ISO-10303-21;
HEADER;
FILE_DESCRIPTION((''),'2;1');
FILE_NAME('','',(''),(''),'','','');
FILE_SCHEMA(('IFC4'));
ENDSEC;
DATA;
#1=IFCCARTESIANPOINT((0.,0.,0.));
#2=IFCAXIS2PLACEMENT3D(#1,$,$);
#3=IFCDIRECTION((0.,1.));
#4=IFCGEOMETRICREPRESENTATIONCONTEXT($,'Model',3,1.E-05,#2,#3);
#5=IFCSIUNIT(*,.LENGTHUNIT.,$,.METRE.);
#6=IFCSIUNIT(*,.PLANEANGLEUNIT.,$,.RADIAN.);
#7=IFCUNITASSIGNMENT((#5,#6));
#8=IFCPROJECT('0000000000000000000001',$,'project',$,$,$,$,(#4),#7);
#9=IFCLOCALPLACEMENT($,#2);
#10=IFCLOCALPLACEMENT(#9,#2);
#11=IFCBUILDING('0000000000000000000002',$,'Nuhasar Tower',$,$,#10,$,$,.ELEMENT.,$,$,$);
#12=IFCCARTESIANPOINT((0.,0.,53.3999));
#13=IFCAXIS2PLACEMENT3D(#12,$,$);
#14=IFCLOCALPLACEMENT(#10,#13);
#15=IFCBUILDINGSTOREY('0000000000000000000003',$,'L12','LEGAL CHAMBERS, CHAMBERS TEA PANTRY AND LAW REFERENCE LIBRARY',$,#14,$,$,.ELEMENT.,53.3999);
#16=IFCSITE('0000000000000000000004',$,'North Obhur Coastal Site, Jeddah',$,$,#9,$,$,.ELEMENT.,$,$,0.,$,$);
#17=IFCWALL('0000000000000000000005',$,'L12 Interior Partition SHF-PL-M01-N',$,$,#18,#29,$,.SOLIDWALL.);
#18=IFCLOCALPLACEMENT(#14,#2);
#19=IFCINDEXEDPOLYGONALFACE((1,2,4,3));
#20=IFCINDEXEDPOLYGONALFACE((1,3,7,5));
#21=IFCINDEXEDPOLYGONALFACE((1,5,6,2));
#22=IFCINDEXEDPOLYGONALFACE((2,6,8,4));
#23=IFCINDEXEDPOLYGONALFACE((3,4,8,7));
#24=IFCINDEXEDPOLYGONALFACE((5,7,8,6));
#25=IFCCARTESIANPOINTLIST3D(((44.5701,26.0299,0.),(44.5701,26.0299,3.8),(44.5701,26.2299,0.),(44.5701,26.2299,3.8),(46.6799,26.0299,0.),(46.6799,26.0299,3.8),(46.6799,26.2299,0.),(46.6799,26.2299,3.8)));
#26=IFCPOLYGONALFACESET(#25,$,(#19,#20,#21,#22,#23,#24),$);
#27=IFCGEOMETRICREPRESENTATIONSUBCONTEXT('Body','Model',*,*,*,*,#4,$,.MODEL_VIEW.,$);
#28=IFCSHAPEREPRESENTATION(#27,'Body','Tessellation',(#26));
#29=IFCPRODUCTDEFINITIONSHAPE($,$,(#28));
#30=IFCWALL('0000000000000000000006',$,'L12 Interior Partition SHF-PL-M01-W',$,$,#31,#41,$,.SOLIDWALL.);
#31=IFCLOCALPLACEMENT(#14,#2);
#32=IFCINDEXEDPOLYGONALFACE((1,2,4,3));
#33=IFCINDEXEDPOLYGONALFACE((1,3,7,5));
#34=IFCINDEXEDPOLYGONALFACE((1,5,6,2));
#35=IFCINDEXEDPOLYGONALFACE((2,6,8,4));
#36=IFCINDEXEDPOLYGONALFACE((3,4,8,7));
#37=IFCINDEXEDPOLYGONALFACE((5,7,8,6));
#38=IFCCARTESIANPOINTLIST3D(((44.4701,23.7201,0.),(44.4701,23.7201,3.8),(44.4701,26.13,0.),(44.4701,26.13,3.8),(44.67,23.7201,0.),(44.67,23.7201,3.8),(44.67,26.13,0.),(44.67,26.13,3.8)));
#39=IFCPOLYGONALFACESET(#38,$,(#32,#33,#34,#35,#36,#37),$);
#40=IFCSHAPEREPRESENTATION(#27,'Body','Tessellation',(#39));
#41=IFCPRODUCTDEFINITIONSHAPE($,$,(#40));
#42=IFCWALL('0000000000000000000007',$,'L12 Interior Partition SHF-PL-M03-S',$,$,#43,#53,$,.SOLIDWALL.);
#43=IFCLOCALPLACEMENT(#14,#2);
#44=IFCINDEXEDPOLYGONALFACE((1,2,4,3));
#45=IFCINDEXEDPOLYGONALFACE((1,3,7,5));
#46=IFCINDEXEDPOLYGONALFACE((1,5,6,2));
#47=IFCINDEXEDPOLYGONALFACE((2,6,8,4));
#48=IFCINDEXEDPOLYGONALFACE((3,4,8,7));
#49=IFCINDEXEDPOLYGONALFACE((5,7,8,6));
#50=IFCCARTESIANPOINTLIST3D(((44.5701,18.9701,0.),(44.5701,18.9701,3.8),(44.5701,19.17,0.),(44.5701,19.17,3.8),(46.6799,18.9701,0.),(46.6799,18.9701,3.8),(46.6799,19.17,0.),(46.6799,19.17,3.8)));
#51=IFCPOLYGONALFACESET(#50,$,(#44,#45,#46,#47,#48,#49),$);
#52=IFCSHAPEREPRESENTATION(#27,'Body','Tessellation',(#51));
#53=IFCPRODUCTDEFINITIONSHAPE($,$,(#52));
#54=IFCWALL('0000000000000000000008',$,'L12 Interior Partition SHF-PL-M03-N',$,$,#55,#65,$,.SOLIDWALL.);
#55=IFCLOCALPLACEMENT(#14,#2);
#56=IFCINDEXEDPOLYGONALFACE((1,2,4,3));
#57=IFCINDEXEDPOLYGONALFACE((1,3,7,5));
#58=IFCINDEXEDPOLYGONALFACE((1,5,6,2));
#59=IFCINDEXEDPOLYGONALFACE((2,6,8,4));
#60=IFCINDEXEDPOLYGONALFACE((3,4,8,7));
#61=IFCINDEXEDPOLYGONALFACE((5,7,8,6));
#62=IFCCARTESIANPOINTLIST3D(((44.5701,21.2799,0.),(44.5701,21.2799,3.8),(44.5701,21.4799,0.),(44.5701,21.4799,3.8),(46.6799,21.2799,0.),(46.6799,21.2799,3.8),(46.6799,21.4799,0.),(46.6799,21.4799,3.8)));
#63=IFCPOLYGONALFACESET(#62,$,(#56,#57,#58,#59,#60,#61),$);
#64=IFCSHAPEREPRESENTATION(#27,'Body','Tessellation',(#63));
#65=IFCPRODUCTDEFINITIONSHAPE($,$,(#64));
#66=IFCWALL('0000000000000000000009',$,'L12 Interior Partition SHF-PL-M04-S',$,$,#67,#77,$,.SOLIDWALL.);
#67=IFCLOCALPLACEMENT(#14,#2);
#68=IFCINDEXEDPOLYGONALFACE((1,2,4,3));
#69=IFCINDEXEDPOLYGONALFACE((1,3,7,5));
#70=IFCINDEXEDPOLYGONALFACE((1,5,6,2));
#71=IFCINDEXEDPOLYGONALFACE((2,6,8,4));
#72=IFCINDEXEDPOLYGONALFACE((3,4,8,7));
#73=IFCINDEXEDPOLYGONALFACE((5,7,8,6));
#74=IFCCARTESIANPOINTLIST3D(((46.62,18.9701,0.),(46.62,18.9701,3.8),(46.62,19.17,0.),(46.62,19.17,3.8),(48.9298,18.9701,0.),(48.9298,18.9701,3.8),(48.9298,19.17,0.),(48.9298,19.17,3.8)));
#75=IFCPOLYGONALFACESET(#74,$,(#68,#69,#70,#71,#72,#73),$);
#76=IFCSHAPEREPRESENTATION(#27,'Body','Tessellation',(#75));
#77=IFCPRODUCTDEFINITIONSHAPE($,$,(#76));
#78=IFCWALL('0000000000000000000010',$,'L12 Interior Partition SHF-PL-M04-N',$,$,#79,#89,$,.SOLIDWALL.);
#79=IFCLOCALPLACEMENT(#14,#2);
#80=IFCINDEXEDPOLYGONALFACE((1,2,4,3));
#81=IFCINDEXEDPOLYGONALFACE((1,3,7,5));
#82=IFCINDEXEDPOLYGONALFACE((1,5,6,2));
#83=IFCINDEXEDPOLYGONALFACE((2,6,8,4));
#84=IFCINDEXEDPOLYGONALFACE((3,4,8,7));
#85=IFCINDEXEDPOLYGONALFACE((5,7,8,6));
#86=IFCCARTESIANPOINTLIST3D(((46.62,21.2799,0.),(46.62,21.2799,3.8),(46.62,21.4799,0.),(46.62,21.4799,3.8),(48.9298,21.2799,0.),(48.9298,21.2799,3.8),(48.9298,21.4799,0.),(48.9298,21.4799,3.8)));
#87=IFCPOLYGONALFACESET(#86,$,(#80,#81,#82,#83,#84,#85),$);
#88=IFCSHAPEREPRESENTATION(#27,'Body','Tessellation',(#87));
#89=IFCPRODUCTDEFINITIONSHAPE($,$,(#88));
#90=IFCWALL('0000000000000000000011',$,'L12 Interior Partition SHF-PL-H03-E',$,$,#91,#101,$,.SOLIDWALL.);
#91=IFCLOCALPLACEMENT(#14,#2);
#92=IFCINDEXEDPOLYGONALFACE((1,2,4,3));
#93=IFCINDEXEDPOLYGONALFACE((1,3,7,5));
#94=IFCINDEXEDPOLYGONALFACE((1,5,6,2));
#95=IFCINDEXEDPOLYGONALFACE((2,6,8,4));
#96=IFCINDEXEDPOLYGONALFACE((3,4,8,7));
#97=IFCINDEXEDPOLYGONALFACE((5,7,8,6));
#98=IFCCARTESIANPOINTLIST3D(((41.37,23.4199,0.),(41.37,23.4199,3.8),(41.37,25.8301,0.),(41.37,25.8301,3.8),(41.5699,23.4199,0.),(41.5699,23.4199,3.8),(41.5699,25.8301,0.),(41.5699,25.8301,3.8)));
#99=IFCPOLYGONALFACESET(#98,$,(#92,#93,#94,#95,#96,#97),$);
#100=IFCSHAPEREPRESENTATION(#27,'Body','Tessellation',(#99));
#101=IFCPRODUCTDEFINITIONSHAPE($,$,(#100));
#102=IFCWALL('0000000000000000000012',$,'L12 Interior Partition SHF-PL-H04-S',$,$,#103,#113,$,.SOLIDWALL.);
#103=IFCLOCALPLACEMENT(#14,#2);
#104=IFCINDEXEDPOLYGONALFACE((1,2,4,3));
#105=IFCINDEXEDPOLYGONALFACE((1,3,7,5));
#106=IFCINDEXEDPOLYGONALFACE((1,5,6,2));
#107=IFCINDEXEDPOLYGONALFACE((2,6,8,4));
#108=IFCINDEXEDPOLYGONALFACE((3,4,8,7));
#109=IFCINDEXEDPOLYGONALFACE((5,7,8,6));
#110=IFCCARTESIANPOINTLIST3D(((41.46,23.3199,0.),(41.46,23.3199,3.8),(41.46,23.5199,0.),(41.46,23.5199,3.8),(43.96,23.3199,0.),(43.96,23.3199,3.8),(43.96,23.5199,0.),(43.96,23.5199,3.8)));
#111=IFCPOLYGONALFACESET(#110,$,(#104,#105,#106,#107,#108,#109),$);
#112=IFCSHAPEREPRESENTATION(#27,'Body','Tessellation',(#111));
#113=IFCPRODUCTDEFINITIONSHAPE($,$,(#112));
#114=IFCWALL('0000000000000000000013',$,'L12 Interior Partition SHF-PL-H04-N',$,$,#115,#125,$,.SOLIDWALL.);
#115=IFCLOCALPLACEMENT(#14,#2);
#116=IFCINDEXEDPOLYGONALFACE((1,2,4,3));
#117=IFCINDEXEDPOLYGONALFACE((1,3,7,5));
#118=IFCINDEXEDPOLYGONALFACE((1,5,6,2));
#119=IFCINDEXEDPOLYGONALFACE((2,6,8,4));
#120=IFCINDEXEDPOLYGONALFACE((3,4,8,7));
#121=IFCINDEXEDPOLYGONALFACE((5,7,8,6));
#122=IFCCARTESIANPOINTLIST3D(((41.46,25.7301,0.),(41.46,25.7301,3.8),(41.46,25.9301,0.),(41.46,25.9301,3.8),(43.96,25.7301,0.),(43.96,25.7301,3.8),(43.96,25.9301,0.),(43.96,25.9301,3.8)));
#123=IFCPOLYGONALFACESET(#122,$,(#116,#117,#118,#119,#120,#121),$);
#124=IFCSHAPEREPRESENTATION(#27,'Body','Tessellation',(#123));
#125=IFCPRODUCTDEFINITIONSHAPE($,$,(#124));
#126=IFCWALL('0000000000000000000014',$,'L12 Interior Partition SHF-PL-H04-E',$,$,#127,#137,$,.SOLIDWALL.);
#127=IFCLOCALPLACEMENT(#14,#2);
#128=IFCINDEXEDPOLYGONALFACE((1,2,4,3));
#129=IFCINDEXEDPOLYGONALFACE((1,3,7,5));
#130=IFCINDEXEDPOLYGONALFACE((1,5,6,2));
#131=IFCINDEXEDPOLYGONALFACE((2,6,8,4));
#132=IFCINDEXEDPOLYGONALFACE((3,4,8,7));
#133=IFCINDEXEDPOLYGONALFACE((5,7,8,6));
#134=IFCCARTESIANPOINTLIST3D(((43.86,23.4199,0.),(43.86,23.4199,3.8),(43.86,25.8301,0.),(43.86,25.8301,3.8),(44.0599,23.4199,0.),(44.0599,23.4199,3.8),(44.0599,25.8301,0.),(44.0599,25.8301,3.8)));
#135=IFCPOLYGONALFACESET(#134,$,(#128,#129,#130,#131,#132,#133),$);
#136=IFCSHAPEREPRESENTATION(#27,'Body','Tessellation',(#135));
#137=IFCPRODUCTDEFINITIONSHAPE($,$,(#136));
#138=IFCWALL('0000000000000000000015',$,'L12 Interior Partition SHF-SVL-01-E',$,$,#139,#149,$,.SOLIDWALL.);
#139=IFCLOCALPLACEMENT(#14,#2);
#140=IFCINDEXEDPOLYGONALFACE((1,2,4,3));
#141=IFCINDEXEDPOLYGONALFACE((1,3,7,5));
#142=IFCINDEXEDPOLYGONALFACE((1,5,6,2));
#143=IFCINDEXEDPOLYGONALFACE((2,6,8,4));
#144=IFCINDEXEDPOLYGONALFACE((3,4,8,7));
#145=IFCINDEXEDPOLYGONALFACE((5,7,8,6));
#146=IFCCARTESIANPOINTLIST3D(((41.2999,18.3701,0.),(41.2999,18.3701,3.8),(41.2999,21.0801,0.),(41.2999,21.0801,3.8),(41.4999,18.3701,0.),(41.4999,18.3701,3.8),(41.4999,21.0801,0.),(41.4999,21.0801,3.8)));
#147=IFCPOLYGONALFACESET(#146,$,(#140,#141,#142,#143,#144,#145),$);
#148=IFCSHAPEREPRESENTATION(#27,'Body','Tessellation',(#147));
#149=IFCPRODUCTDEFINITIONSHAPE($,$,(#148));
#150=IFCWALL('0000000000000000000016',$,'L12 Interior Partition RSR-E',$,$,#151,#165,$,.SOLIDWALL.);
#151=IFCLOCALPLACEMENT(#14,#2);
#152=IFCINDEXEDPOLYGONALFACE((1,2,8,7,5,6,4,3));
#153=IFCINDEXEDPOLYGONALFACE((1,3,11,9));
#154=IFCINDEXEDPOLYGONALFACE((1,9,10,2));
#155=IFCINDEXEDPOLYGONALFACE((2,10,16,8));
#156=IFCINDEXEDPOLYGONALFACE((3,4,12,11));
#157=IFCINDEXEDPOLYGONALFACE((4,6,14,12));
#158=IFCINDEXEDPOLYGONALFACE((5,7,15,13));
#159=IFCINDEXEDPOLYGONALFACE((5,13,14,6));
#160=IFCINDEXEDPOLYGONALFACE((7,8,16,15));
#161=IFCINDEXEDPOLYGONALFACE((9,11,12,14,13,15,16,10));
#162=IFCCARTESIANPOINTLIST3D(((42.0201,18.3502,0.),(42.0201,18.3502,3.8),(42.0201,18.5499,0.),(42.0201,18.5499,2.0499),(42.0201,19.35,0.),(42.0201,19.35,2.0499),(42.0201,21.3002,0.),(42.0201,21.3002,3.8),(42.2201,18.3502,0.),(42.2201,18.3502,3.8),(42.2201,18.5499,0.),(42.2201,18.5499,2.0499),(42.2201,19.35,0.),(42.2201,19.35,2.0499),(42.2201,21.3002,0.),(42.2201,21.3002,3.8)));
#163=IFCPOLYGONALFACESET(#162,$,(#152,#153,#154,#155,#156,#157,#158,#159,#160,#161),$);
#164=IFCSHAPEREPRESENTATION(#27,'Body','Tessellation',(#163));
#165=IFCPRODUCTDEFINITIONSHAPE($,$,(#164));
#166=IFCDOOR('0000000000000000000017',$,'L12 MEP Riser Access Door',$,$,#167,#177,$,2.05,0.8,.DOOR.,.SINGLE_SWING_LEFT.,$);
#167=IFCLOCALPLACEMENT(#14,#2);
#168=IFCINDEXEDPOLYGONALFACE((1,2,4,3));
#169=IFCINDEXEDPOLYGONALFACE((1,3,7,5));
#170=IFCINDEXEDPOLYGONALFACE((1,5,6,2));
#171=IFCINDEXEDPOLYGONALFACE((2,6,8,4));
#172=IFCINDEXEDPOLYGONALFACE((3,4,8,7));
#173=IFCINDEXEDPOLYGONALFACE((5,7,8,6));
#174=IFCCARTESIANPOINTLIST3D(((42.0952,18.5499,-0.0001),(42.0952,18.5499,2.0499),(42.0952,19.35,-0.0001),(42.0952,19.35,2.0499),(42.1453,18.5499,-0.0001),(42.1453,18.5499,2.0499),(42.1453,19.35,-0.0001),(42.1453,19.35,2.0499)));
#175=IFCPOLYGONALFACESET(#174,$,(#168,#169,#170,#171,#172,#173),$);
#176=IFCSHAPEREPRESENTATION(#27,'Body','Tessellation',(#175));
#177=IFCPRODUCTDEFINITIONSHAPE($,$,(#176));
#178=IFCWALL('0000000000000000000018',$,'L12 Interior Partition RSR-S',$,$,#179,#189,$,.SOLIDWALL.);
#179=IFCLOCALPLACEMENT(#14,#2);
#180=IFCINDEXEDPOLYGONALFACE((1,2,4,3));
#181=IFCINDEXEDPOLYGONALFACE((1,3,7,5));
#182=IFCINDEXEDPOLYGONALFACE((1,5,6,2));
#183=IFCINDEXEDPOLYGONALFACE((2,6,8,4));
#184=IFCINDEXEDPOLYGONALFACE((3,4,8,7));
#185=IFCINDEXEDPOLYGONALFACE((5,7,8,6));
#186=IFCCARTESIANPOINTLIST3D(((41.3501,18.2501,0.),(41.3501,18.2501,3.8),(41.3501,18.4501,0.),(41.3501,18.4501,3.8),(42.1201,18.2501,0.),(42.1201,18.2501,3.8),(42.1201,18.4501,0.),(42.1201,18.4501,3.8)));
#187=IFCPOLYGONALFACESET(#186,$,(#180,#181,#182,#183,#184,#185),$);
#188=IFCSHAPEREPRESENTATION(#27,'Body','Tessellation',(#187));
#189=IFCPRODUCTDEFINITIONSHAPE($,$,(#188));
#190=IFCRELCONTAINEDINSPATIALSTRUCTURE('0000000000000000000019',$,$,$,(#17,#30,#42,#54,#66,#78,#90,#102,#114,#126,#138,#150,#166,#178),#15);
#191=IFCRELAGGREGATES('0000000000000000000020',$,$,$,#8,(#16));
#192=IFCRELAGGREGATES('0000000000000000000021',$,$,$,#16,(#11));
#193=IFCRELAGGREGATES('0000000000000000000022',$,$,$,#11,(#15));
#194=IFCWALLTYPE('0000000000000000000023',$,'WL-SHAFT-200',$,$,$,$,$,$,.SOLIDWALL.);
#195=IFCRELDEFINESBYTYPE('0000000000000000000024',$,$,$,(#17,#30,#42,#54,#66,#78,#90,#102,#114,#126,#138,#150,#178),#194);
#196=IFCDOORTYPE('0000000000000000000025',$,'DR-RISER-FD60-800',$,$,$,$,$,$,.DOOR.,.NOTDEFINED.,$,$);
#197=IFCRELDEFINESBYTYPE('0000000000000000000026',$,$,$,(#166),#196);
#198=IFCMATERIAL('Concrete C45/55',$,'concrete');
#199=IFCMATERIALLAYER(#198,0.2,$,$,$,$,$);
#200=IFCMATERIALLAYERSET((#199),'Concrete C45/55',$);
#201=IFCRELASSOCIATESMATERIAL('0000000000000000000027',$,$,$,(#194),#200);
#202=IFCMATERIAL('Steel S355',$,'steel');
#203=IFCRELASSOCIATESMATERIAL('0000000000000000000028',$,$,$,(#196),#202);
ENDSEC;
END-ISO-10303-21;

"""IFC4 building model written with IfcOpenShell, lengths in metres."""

from ifc_helpers import new_model, si_unit, direction, frame, frame_2d, origin, place, context, subcontext, project, spatial, rectangle, extrude, material, layer, layer_set, type_object, element, fill, save


model = new_model("IFC4")

# Units and contexts
model_context = context("Model", 3, precision=1e-05, world=origin(), true_north=direction((0.0, 1.0)))
body_context = subcontext(model_context, "Body", "Model", "MODEL_VIEW")
ifc_project = project(units=[si_unit("LENGTHUNIT", "METRE"), si_unit("PLANEANGLEUNIT", "RADIAN")], contexts=[model_context])

# Site, building, storey
site_placement = place(None, origin())
site = spatial("IfcSite", under=ifc_project, at=site_placement, Name="North Obhur Coastal Site, Jeddah", CompositionType="ELEMENT", RefElevation=0.0)
building_placement = place(site_placement, origin())
building = spatial("IfcBuilding", under=site, at=building_placement, Name="Nuhasar Tower", CompositionType="ELEMENT")
storey_placement = place(building_placement, frame((0.0, 0.0, 53.3999)))
storey = spatial("IfcBuildingStorey", under=building, at=storey_placement, Name="L12", Description="LEGAL CHAMBERS, CHAMBERS TEA PANTRY AND LAW REFERENCE LIBRARY", CompositionType="ELEMENT", Elevation=53.3999)

# Shared definitions
ifc_material_1 = material(Name="Steel S355", Category="steel")

# Shared definitions
ifc_material_2 = material(Name="Concrete C45/55", Category="concrete")

# Walls
ifc_layer_1 = layer(ifc_material_2, 0.2)
ifc_layer_set_1 = layer_set([ifc_layer_1], Name="Concrete C45/55")
wall_type_1 = type_object("IfcWallType", Name="WL-SHAFT-200", PredefinedType="SOLIDWALL", material=ifc_layer_set_1)
for number, where, z_axis, x_axis, name in (
    (1, (44.5701, 26.1299, 0.0), (0.0, 0.0, 1.0), (1.0, 0.0, 0.0), "L12 Interior Partition SHF-PL-M01-N"),
):
    element("IfcWall", number, at=place(storey_placement, frame(where, z_axis=z_axis, x_axis=x_axis)), inside=storey, type_object=wall_type_1, Name=name, PredefinedType="SOLIDWALL", context=body_context, shape_type="SweptSolid", body=[
        extrude(rectangle(XDim=2.1099, YDim=0.2, at=frame_2d((1.0549, 0.0))), origin(), (0.0, 0.0, 1.0), 3.8),
    ])
wall_1_placement = place(storey_placement, frame((44.5701, 23.72, 0.0), z_axis=(0.0, 0.0, 1.0), x_axis=(0.0, 1.0, 0.0)))
element("IfcWall", 2, at=wall_1_placement, inside=storey, type_object=wall_type_1, Name="L12 Interior Partition SHF-PL-M01-W", PredefinedType="SOLIDWALL", context=body_context, shape_type="SweptSolid", body=[
    extrude(rectangle(XDim=2.4099, YDim=0.2, at=frame_2d((1.2051, 0.0))), origin(), (0.0, 0.0, 1.0), 3.8),
])
for number, where, z_axis, x_axis, name in (
    (3, (44.5701, 19.0701, 0.0), (0.0, 0.0, 1.0), (1.0, 0.0, 0.0), "L12 Interior Partition SHF-PL-M03-S"),
    (4, (44.5701, 21.3799, 0.0), (0.0, 0.0, 1.0), (1.0, 0.0, 0.0), "L12 Interior Partition SHF-PL-M03-N"),
):
    element("IfcWall", number, at=place(storey_placement, frame(where, z_axis=z_axis, x_axis=x_axis)), inside=storey, type_object=wall_type_1, Name=name, PredefinedType="SOLIDWALL", context=body_context, shape_type="SweptSolid", body=[
        extrude(rectangle(XDim=2.1099, YDim=0.2, at=frame_2d((1.0549, 0.0))), origin(), (0.0, 0.0, 1.0), 3.8),
    ])
for number, where, z_axis, x_axis, name in (
    (5, (46.6201, 19.0701, 0.0), (0.0, 0.0, 1.0), (1.0, 0.0, 0.0), "L12 Interior Partition SHF-PL-M04-S"),
    (6, (46.6201, 21.3799, 0.0), (0.0, 0.0, 1.0), (1.0, 0.0, 0.0), "L12 Interior Partition SHF-PL-M04-N"),
):
    element("IfcWall", number, at=place(storey_placement, frame(where, z_axis=z_axis, x_axis=x_axis)), inside=storey, type_object=wall_type_1, Name=name, PredefinedType="SOLIDWALL", context=body_context, shape_type="SweptSolid", body=[
        extrude(rectangle(XDim=2.3098, YDim=0.2, at=frame_2d((1.1548, 0.0))), origin(), (0.0, 0.0, 1.0), 3.8),
    ])
wall_2_placement = place(storey_placement, frame((41.47, 23.4199, 0.0), z_axis=(0.0, 0.0, 1.0), x_axis=(0.0, 1.0, 0.0)))
element("IfcWall", 7, at=wall_2_placement, inside=storey, type_object=wall_type_1, Name="L12 Interior Partition SHF-PL-H03-E", PredefinedType="SOLIDWALL", context=body_context, shape_type="SweptSolid", body=[
    extrude(rectangle(XDim=2.4102, YDim=0.2, at=frame_2d((1.2051, 0.0))), origin(), (0.0, 0.0, 1.0), 3.8),
])
for number, where, z_axis, x_axis, name in (
    (8, (41.46, 23.4199, 0.0), (0.0, 0.0, 1.0), (1.0, 0.0, 0.0), "L12 Interior Partition SHF-PL-H04-S"),
    (9, (41.46, 25.8301, 0.0), (0.0, 0.0, 1.0), (1.0, 0.0, 0.0), "L12 Interior Partition SHF-PL-H04-N"),
):
    element("IfcWall", number, at=place(storey_placement, frame(where, z_axis=z_axis, x_axis=x_axis)), inside=storey, type_object=wall_type_1, Name=name, PredefinedType="SOLIDWALL", context=body_context, shape_type="SweptSolid", body=[
        extrude(rectangle(XDim=2.5, YDim=0.2, at=frame_2d((1.25, 0.0))), origin(), (0.0, 0.0, 1.0), 3.8),
    ])
wall_3_placement = place(storey_placement, frame((43.96, 23.4199, 0.0), z_axis=(0.0, 0.0, 1.0), x_axis=(0.0, 1.0, 0.0)))
element("IfcWall", 10, at=wall_3_placement, inside=storey, type_object=wall_type_1, Name="L12 Interior Partition SHF-PL-H04-E", PredefinedType="SOLIDWALL", context=body_context, shape_type="SweptSolid", body=[
    extrude(rectangle(XDim=2.4102, YDim=0.2, at=frame_2d((1.2051, 0.0))), origin(), (0.0, 0.0, 1.0), 3.8),
])
wall_4_placement = place(storey_placement, frame((41.3999, 18.3701, 0.0), z_axis=(0.0, 0.0, 1.0), x_axis=(0.0, 1.0, 0.0)))
element("IfcWall", 11, at=wall_4_placement, inside=storey, type_object=wall_type_1, Name="L12 Interior Partition SHF-SVL-01-E", PredefinedType="SOLIDWALL", context=body_context, shape_type="SweptSolid", body=[
    extrude(rectangle(XDim=2.71, YDim=0.2, at=frame_2d((1.355, 0.0))), origin(), (0.0, 0.0, 1.0), 3.8),
])

# Wall, opening, door
wall_5_placement = place(storey_placement, frame((42.1201, 18.3501, 0.0), z_axis=(0.0, 0.0, 1.0), x_axis=(0.0, 1.0, 0.0)))
wall_5 = element("IfcWall", 12, at=wall_5_placement, inside=storey, type_object=wall_type_1, Name="L12 Interior Partition RSR-E", PredefinedType="SOLIDWALL", context=body_context, shape_type="SweptSolid", body=[
    extrude(rectangle(XDim=2.95, YDim=0.2, at=frame_2d((1.4751, 0.0))), origin(), (0.0, 0.0, 1.0), 3.8),
])
opening_1_placement = place(wall_5_placement, frame((0.2, 0.0, 0.0)))
opening_1 = element("IfcOpeningElement", 13, at=opening_1_placement, cuts=wall_5, PredefinedType="OPENING", context=body_context, shape_type="SweptSolid", body=[
    extrude(rectangle(XDim=0.8, YDim=2.05, at=frame_2d((0.3999, 1.0249))), frame((0.0, 0.1099, 0.0), z_axis=(0.0, -1.0, 0.0), x_axis=(1.0, 0.0, 0.0)), (0.0, 0.0, 1.0), 0.22),
])
door_type_1 = type_object("IfcDoorType", Name="DR-RISER-FD60-800", OperationType="NOTDEFINED", PredefinedType="DOOR", material=ifc_material_1)
door_1_placement = place(opening_1_placement, origin())
door_1 = element("IfcDoor", 14, at=door_1_placement, inside=storey, type_object=door_type_1, Name="L12 MEP Riser Access Door", OperationType="SINGLE_SWING_LEFT", OverallHeight=2.05, OverallWidth=0.8, PredefinedType="DOOR", context=body_context, shape_type="SweptSolid", body=[
    extrude(rectangle(XDim=0.8, YDim=2.05, at=frame_2d((0.3999, 1.0249))), frame((0.0, 0.0249, 0.0), z_axis=(0.0, -1.0, 0.0), x_axis=(1.0, 0.0, 0.0)), (0.0, 0.0, 1.0), 0.05),
])
fill(opening_1, door_1)

# Wall
wall_6_placement = place(storey_placement, frame((41.3501, 18.3501, 0.0), z_axis=(0.0, 0.0, 1.0), x_axis=(1.0, 0.0, 0.0)))
element("IfcWall", 15, at=wall_6_placement, inside=storey, type_object=wall_type_1, Name="L12 Interior Partition RSR-S", PredefinedType="SOLIDWALL", context=body_context, shape_type="SweptSolid", body=[
    extrude(rectangle(XDim=0.77, YDim=0.2, at=frame_2d((0.385, 0.0))), origin(), (0.0, 0.0, 1.0), 3.8),
])

save(model, "model.ifc")
